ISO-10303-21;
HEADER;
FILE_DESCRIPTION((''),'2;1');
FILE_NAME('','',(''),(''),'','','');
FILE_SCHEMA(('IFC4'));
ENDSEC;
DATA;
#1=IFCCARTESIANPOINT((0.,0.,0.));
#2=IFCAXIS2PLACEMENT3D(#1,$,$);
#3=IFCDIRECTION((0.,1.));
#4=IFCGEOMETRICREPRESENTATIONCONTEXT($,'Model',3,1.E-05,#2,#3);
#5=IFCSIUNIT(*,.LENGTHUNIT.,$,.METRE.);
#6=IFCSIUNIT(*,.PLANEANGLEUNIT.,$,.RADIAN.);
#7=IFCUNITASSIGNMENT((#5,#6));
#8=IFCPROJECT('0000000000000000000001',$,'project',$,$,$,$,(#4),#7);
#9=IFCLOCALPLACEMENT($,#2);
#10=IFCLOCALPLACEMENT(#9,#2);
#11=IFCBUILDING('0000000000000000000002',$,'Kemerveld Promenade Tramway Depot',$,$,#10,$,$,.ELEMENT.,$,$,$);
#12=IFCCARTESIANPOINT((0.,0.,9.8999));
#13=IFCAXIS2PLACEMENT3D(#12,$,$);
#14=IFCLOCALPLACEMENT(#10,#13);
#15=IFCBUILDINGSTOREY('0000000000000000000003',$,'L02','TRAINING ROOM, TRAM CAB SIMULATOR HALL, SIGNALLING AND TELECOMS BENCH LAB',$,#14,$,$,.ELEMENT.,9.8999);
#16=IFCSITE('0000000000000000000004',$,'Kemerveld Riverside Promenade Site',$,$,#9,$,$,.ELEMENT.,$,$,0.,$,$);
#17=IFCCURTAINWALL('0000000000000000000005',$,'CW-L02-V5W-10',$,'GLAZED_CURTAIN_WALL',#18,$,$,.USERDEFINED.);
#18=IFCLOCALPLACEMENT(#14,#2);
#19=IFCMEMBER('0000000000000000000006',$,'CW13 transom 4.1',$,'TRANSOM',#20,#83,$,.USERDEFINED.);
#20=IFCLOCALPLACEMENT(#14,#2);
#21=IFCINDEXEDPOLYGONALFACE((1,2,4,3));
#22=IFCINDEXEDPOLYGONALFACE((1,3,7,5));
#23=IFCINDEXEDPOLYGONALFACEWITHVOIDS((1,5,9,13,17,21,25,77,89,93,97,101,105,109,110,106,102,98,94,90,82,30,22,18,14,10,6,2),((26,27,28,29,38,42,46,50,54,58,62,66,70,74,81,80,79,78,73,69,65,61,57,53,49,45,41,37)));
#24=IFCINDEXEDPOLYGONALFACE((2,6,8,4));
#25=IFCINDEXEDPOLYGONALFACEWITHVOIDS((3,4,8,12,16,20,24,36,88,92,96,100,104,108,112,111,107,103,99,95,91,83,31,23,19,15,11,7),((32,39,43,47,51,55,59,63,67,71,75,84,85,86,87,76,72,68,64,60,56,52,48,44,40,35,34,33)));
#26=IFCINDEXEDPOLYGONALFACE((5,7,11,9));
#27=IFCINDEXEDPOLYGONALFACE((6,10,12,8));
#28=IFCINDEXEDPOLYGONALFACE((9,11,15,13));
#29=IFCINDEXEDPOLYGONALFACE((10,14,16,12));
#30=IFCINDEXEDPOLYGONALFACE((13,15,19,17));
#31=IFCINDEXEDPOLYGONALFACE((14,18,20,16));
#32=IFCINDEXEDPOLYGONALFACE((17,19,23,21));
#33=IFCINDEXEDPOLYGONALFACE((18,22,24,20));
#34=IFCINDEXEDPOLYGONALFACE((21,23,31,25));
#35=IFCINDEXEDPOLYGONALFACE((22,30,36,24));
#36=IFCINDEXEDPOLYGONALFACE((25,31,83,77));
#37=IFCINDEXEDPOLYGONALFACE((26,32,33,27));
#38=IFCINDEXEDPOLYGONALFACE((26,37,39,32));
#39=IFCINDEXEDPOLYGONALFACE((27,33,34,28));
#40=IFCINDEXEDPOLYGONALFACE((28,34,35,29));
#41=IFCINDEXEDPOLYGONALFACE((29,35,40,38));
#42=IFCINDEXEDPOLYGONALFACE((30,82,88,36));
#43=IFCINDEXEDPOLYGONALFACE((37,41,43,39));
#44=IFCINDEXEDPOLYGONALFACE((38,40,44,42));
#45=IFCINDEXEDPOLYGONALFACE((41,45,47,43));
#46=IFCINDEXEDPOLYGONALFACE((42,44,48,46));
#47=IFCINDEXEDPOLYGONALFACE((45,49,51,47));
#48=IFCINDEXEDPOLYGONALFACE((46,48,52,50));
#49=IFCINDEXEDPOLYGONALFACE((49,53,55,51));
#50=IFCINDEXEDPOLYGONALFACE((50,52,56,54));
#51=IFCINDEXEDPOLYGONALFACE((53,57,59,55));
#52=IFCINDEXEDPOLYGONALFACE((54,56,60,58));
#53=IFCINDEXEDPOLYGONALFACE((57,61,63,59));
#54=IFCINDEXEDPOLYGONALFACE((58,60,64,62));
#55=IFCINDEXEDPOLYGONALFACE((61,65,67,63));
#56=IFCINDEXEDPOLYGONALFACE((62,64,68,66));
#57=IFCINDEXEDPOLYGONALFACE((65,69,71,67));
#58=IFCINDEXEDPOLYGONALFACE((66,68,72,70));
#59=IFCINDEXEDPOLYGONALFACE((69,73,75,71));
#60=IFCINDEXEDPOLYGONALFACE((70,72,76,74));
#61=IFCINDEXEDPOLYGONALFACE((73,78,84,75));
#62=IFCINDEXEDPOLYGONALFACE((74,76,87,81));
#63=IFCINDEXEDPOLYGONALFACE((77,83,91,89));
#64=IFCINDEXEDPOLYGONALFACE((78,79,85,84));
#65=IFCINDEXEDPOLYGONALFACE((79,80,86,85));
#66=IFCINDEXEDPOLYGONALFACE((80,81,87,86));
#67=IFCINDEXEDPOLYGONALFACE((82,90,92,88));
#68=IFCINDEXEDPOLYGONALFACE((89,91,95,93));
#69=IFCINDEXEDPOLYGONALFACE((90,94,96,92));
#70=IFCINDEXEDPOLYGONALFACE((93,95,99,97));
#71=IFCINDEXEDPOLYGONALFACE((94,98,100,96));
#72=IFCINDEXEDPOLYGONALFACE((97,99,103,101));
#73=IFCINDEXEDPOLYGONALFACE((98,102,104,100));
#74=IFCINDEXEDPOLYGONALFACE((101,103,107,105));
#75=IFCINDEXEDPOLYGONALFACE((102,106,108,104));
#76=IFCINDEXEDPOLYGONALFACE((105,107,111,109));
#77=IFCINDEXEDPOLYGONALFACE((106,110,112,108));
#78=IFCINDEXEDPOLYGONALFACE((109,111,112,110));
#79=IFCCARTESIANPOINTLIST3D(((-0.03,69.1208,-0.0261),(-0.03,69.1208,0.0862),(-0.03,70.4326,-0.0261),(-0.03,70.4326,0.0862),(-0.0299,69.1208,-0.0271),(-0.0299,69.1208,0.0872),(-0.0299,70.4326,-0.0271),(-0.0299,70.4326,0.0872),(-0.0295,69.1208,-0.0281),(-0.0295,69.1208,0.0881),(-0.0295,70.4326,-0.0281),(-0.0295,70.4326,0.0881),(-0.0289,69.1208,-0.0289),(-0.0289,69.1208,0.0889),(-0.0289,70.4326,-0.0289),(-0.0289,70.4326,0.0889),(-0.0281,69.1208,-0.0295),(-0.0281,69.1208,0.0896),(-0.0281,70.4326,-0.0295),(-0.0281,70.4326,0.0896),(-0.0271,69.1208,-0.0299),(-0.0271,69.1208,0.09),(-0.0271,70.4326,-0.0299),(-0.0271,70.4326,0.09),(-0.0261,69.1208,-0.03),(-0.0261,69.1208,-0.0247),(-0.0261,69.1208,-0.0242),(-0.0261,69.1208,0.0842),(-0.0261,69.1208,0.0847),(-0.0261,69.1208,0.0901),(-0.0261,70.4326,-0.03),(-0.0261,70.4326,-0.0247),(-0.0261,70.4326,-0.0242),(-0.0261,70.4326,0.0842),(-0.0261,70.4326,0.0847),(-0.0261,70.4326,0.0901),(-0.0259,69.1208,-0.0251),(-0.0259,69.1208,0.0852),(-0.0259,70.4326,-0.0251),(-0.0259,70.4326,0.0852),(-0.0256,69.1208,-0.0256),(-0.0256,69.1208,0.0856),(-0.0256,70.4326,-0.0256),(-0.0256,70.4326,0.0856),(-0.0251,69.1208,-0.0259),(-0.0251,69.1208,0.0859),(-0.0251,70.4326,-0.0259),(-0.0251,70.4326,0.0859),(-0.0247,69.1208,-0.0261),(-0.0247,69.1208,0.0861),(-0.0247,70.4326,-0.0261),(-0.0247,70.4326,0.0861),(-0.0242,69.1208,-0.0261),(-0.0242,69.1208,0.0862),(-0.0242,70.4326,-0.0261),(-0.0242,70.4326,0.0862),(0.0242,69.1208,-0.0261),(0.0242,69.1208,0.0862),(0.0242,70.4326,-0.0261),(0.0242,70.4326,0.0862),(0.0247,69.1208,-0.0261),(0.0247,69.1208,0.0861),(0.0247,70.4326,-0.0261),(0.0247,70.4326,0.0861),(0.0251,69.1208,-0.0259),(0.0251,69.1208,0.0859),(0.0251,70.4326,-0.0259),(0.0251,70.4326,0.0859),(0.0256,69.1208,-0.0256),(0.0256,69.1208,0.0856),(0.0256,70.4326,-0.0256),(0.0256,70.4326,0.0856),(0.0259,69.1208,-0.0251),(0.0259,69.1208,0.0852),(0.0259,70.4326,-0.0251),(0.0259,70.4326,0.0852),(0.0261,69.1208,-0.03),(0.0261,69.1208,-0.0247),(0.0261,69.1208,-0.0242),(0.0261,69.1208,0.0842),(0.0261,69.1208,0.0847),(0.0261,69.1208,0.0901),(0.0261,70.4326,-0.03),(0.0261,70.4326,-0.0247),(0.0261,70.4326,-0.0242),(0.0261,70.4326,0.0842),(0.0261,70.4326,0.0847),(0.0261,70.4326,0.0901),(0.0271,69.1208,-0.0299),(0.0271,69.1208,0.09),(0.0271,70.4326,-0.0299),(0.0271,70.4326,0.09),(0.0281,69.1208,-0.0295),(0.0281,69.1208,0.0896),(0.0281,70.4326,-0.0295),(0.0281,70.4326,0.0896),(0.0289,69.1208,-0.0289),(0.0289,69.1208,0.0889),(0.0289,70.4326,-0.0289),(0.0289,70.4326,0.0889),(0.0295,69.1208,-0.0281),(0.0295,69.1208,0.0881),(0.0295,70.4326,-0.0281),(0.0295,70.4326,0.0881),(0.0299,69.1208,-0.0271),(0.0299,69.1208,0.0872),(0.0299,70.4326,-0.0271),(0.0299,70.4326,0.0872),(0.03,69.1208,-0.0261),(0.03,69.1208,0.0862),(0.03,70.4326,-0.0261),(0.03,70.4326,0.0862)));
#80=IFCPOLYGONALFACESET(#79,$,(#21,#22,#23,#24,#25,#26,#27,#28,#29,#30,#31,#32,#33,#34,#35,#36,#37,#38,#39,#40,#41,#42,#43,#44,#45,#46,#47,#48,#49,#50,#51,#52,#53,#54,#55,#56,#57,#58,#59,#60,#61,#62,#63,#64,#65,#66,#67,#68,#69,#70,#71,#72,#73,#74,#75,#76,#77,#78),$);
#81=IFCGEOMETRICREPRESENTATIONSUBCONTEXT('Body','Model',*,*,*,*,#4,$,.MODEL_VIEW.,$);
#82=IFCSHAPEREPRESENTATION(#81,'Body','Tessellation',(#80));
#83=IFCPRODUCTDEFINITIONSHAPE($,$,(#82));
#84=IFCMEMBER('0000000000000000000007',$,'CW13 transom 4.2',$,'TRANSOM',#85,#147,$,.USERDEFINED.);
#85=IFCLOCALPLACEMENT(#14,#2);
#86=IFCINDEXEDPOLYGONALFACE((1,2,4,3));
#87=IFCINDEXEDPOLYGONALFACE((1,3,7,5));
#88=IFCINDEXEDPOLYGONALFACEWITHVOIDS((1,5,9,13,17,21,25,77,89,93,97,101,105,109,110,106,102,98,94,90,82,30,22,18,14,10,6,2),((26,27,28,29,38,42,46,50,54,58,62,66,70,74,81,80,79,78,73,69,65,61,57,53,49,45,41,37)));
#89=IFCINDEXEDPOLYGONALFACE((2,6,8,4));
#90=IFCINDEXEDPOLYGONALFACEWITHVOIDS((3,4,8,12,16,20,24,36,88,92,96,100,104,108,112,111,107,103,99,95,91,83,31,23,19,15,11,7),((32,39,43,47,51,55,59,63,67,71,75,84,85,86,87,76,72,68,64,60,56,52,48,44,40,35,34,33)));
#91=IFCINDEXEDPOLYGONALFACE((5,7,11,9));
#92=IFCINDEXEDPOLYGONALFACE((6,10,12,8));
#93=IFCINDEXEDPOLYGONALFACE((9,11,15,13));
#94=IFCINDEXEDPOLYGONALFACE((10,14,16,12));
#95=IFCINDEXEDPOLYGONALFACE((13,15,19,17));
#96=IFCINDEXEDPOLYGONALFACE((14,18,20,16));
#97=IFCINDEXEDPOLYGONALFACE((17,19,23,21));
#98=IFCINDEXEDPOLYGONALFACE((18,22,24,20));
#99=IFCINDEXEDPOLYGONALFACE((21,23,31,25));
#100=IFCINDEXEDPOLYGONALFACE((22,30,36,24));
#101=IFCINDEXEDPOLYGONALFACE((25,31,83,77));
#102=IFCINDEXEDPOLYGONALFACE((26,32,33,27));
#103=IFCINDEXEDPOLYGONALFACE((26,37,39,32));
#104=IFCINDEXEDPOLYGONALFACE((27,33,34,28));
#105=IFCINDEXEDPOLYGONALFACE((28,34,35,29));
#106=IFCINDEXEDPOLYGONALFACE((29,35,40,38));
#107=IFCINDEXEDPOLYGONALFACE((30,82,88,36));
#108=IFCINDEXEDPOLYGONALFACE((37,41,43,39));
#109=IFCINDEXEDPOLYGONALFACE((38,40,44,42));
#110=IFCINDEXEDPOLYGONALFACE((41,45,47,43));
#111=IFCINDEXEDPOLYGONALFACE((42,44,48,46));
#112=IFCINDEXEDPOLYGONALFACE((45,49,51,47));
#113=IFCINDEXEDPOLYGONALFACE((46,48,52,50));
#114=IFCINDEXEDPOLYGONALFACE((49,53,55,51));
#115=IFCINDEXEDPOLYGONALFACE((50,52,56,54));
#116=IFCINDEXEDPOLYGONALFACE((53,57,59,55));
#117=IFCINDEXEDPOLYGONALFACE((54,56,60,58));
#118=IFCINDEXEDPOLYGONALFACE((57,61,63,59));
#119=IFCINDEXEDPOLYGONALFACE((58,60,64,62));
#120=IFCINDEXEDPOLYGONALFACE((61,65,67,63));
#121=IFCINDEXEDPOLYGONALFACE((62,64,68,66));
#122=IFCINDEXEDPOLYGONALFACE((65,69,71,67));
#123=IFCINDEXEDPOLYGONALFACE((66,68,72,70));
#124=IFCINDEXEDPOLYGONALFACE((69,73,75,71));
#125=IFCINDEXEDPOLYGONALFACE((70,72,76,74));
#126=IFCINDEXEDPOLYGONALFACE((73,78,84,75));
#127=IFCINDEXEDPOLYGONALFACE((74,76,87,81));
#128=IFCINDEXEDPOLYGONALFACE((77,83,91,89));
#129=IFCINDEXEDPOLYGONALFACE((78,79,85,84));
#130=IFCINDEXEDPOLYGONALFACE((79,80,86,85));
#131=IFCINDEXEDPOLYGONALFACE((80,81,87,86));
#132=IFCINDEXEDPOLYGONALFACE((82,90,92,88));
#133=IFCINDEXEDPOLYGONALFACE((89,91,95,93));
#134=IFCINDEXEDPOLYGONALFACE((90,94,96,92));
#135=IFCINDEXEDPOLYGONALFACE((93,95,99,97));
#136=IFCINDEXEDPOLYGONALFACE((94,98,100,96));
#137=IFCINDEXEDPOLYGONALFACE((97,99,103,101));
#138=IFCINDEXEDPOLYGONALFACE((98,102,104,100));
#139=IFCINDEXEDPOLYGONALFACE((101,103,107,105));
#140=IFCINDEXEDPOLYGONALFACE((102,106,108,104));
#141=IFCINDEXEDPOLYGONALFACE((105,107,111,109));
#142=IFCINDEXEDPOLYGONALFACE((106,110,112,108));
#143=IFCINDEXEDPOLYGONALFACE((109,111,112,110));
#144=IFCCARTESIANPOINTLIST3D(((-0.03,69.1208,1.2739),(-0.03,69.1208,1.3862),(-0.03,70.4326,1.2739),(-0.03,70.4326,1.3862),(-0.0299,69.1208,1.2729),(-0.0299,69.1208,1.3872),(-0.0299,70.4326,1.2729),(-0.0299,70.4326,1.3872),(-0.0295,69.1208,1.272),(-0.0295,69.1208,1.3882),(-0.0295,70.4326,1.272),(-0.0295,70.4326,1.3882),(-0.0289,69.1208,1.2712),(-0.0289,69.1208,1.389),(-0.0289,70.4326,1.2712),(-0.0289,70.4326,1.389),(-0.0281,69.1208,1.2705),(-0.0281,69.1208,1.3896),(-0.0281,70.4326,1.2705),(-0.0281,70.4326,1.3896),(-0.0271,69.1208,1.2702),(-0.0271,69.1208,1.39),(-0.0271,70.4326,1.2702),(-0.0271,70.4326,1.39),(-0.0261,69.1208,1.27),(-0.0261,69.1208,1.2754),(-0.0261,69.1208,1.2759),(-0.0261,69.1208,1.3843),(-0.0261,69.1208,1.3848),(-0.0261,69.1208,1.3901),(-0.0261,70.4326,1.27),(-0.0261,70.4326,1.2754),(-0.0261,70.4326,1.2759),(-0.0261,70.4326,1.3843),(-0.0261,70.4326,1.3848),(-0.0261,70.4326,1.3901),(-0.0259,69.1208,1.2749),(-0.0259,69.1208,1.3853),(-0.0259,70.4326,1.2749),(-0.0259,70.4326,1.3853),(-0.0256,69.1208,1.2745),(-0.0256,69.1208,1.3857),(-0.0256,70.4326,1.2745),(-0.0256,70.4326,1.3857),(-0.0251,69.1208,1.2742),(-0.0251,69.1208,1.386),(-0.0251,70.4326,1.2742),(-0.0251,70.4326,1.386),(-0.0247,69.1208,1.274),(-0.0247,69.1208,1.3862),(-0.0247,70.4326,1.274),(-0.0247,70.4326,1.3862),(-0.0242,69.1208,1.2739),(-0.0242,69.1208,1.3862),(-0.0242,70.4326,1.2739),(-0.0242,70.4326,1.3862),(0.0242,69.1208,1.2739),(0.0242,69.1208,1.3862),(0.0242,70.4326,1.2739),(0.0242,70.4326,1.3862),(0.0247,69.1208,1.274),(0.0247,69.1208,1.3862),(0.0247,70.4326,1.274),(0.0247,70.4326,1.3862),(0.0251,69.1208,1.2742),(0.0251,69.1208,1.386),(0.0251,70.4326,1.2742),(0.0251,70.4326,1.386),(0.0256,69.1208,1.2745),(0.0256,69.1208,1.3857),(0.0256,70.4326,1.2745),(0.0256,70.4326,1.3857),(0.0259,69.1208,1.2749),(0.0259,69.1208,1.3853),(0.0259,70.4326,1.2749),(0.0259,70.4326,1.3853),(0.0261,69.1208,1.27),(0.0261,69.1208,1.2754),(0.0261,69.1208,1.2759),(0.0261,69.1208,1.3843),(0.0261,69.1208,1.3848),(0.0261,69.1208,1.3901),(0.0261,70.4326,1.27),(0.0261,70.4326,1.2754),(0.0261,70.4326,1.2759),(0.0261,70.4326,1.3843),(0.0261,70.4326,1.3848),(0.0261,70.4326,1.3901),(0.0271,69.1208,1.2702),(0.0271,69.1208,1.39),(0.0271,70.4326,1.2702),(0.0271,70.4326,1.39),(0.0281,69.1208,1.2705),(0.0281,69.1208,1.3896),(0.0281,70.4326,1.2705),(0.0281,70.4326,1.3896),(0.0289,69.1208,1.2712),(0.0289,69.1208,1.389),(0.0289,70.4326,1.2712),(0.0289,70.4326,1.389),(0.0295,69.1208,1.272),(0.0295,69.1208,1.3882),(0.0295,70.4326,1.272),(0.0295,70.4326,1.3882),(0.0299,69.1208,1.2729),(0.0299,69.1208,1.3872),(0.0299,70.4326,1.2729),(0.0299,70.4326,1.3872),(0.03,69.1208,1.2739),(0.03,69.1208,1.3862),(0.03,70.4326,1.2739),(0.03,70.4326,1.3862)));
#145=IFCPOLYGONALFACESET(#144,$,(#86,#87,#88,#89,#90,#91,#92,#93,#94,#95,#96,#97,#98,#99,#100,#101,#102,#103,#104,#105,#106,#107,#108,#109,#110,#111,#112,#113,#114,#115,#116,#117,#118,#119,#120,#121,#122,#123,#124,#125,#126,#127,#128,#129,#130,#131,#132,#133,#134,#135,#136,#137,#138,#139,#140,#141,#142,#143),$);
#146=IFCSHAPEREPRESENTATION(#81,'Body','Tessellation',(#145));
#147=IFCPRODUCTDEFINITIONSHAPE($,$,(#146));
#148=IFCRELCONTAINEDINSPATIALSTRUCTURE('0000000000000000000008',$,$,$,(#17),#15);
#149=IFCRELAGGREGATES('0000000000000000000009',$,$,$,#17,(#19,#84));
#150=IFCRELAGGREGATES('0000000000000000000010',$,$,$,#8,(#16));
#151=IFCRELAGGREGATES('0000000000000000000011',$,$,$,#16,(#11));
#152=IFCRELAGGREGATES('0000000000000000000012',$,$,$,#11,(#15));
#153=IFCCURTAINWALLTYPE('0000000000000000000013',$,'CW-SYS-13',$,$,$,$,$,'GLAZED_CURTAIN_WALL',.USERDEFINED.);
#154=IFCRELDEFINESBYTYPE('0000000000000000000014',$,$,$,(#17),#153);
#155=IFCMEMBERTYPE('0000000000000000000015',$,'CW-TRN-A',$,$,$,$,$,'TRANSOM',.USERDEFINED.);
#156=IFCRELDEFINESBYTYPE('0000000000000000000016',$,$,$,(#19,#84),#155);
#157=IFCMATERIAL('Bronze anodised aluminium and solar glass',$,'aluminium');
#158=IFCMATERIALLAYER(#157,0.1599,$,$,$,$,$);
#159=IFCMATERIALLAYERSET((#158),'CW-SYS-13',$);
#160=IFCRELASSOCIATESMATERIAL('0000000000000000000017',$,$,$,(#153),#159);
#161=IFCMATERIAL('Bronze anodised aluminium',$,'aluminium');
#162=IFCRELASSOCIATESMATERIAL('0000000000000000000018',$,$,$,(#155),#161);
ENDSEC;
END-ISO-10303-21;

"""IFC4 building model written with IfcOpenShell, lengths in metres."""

from ifc_helpers import new_model, si_unit, direction, frame, origin, origin_2d, place, context, subcontext, project, spatial, hollow_rectangle, extrude, material, layer, layer_set, material_profile, profile_set, type_object, element, aggregate, save


model = new_model("IFC4")

# Units and contexts
model_context = context("Model", 3, precision=1e-05, world=origin(), true_north=direction((0.0, 1.0)))
body_context = subcontext(model_context, "Body", "Model", "MODEL_VIEW")
ifc_project = project(units=[si_unit("LENGTHUNIT", "METRE"), si_unit("PLANEANGLEUNIT", "RADIAN")], contexts=[model_context])

# Site, building, storey
site_placement = place(None, origin())
site = spatial("IfcSite", under=ifc_project, at=site_placement, Name="Kemerveld Riverside Promenade Site", CompositionType="ELEMENT", RefElevation=0.0)
building_placement = place(site_placement, origin())
building = spatial("IfcBuilding", under=site, at=building_placement, Name="Kemerveld Promenade Tramway Depot", CompositionType="ELEMENT")
storey_placement = place(building_placement, frame((0.0, 0.0, 9.8999)))
storey = spatial("IfcBuildingStorey", under=building, at=storey_placement, Name="L02", Description="TRAINING ROOM, TRAM CAB SIMULATOR HALL, SIGNALLING AND TELECOMS BENCH LAB", CompositionType="ELEMENT", Elevation=9.8999)

# Curtain wall, members
ifc_material_1 = material(Name="Bronze anodised aluminium and solar glass", Category="aluminium")
ifc_layer_1 = layer(ifc_material_1, 0.1599)
ifc_layer_set_1 = layer_set([ifc_layer_1], Name="CW-SYS-13")
curtain_wall_type = type_object("IfcCurtainWallType", Name="CW-SYS-13", ElementType="GLAZED_CURTAIN_WALL", PredefinedType="USERDEFINED", material=ifc_layer_set_1)
curtain_wall_placement = place(storey_placement, origin())
curtain_wall = element("IfcCurtainWall", 1, at=curtain_wall_placement, inside=storey, type_object=curtain_wall_type, Name="CW-L02-V5W-10", ObjectType="GLAZED_CURTAIN_WALL", PredefinedType="USERDEFINED")
ifc_material_2 = material(Name="Bronze anodised aluminium", Category="aluminium")
ifc_material_profile_1 = material_profile(ifc_material_2, hollow_rectangle(XDim=0.0601, YDim=0.1201, WallThickness=0.0039, InnerFilletRadius=0.002, OuterFilletRadius=0.0039, at=origin_2d()), Name="CW-TRN-120x60")
ifc_profile_set_1 = profile_set([ifc_material_profile_1], Name="Bronze anodised aluminium")
member_type_1 = type_object("IfcMemberType", Name="CW-TRN-A", ElementType="TRANSOM", PredefinedType="USERDEFINED", material=ifc_profile_set_1)
member_1_placement = place(storey_placement, frame((0.0, 69.1208, 0.03), z_axis=(0.0, 1.0, 0.0), x_axis=(-1.0, 0.0, 0.0)))
member_1 = element("IfcMember", 2, at=member_1_placement, type_object=member_type_1, Name="CW13 transom 4.1", ObjectType="TRANSOM", PredefinedType="USERDEFINED", context=body_context, shape_type="SweptSolid", body=[
    extrude(hollow_rectangle(XDim=0.0601, YDim=0.1201, WallThickness=0.0039, InnerFilletRadius=0.002, OuterFilletRadius=0.0039, at=origin_2d()), origin(), (0.0, 0.0, 1.0), 1.3118),
])
member_2_placement = place(storey_placement, frame((0.0, 69.1208, 1.3301), z_axis=(0.0, 1.0, 0.0), x_axis=(-1.0, 0.0, 0.0)))
member_2 = element("IfcMember", 3, at=member_2_placement, type_object=member_type_1, Name="CW13 transom 4.2", ObjectType="TRANSOM", PredefinedType="USERDEFINED", context=body_context, shape_type="SweptSolid", body=[
    extrude(hollow_rectangle(XDim=0.0601, YDim=0.1201, WallThickness=0.0039, InnerFilletRadius=0.002, OuterFilletRadius=0.0039, at=origin_2d()), origin(), (0.0, 0.0, 1.0), 1.3118),
])
aggregate(curtain_wall, [member_1, member_2])

save(model, "model.ifc")
